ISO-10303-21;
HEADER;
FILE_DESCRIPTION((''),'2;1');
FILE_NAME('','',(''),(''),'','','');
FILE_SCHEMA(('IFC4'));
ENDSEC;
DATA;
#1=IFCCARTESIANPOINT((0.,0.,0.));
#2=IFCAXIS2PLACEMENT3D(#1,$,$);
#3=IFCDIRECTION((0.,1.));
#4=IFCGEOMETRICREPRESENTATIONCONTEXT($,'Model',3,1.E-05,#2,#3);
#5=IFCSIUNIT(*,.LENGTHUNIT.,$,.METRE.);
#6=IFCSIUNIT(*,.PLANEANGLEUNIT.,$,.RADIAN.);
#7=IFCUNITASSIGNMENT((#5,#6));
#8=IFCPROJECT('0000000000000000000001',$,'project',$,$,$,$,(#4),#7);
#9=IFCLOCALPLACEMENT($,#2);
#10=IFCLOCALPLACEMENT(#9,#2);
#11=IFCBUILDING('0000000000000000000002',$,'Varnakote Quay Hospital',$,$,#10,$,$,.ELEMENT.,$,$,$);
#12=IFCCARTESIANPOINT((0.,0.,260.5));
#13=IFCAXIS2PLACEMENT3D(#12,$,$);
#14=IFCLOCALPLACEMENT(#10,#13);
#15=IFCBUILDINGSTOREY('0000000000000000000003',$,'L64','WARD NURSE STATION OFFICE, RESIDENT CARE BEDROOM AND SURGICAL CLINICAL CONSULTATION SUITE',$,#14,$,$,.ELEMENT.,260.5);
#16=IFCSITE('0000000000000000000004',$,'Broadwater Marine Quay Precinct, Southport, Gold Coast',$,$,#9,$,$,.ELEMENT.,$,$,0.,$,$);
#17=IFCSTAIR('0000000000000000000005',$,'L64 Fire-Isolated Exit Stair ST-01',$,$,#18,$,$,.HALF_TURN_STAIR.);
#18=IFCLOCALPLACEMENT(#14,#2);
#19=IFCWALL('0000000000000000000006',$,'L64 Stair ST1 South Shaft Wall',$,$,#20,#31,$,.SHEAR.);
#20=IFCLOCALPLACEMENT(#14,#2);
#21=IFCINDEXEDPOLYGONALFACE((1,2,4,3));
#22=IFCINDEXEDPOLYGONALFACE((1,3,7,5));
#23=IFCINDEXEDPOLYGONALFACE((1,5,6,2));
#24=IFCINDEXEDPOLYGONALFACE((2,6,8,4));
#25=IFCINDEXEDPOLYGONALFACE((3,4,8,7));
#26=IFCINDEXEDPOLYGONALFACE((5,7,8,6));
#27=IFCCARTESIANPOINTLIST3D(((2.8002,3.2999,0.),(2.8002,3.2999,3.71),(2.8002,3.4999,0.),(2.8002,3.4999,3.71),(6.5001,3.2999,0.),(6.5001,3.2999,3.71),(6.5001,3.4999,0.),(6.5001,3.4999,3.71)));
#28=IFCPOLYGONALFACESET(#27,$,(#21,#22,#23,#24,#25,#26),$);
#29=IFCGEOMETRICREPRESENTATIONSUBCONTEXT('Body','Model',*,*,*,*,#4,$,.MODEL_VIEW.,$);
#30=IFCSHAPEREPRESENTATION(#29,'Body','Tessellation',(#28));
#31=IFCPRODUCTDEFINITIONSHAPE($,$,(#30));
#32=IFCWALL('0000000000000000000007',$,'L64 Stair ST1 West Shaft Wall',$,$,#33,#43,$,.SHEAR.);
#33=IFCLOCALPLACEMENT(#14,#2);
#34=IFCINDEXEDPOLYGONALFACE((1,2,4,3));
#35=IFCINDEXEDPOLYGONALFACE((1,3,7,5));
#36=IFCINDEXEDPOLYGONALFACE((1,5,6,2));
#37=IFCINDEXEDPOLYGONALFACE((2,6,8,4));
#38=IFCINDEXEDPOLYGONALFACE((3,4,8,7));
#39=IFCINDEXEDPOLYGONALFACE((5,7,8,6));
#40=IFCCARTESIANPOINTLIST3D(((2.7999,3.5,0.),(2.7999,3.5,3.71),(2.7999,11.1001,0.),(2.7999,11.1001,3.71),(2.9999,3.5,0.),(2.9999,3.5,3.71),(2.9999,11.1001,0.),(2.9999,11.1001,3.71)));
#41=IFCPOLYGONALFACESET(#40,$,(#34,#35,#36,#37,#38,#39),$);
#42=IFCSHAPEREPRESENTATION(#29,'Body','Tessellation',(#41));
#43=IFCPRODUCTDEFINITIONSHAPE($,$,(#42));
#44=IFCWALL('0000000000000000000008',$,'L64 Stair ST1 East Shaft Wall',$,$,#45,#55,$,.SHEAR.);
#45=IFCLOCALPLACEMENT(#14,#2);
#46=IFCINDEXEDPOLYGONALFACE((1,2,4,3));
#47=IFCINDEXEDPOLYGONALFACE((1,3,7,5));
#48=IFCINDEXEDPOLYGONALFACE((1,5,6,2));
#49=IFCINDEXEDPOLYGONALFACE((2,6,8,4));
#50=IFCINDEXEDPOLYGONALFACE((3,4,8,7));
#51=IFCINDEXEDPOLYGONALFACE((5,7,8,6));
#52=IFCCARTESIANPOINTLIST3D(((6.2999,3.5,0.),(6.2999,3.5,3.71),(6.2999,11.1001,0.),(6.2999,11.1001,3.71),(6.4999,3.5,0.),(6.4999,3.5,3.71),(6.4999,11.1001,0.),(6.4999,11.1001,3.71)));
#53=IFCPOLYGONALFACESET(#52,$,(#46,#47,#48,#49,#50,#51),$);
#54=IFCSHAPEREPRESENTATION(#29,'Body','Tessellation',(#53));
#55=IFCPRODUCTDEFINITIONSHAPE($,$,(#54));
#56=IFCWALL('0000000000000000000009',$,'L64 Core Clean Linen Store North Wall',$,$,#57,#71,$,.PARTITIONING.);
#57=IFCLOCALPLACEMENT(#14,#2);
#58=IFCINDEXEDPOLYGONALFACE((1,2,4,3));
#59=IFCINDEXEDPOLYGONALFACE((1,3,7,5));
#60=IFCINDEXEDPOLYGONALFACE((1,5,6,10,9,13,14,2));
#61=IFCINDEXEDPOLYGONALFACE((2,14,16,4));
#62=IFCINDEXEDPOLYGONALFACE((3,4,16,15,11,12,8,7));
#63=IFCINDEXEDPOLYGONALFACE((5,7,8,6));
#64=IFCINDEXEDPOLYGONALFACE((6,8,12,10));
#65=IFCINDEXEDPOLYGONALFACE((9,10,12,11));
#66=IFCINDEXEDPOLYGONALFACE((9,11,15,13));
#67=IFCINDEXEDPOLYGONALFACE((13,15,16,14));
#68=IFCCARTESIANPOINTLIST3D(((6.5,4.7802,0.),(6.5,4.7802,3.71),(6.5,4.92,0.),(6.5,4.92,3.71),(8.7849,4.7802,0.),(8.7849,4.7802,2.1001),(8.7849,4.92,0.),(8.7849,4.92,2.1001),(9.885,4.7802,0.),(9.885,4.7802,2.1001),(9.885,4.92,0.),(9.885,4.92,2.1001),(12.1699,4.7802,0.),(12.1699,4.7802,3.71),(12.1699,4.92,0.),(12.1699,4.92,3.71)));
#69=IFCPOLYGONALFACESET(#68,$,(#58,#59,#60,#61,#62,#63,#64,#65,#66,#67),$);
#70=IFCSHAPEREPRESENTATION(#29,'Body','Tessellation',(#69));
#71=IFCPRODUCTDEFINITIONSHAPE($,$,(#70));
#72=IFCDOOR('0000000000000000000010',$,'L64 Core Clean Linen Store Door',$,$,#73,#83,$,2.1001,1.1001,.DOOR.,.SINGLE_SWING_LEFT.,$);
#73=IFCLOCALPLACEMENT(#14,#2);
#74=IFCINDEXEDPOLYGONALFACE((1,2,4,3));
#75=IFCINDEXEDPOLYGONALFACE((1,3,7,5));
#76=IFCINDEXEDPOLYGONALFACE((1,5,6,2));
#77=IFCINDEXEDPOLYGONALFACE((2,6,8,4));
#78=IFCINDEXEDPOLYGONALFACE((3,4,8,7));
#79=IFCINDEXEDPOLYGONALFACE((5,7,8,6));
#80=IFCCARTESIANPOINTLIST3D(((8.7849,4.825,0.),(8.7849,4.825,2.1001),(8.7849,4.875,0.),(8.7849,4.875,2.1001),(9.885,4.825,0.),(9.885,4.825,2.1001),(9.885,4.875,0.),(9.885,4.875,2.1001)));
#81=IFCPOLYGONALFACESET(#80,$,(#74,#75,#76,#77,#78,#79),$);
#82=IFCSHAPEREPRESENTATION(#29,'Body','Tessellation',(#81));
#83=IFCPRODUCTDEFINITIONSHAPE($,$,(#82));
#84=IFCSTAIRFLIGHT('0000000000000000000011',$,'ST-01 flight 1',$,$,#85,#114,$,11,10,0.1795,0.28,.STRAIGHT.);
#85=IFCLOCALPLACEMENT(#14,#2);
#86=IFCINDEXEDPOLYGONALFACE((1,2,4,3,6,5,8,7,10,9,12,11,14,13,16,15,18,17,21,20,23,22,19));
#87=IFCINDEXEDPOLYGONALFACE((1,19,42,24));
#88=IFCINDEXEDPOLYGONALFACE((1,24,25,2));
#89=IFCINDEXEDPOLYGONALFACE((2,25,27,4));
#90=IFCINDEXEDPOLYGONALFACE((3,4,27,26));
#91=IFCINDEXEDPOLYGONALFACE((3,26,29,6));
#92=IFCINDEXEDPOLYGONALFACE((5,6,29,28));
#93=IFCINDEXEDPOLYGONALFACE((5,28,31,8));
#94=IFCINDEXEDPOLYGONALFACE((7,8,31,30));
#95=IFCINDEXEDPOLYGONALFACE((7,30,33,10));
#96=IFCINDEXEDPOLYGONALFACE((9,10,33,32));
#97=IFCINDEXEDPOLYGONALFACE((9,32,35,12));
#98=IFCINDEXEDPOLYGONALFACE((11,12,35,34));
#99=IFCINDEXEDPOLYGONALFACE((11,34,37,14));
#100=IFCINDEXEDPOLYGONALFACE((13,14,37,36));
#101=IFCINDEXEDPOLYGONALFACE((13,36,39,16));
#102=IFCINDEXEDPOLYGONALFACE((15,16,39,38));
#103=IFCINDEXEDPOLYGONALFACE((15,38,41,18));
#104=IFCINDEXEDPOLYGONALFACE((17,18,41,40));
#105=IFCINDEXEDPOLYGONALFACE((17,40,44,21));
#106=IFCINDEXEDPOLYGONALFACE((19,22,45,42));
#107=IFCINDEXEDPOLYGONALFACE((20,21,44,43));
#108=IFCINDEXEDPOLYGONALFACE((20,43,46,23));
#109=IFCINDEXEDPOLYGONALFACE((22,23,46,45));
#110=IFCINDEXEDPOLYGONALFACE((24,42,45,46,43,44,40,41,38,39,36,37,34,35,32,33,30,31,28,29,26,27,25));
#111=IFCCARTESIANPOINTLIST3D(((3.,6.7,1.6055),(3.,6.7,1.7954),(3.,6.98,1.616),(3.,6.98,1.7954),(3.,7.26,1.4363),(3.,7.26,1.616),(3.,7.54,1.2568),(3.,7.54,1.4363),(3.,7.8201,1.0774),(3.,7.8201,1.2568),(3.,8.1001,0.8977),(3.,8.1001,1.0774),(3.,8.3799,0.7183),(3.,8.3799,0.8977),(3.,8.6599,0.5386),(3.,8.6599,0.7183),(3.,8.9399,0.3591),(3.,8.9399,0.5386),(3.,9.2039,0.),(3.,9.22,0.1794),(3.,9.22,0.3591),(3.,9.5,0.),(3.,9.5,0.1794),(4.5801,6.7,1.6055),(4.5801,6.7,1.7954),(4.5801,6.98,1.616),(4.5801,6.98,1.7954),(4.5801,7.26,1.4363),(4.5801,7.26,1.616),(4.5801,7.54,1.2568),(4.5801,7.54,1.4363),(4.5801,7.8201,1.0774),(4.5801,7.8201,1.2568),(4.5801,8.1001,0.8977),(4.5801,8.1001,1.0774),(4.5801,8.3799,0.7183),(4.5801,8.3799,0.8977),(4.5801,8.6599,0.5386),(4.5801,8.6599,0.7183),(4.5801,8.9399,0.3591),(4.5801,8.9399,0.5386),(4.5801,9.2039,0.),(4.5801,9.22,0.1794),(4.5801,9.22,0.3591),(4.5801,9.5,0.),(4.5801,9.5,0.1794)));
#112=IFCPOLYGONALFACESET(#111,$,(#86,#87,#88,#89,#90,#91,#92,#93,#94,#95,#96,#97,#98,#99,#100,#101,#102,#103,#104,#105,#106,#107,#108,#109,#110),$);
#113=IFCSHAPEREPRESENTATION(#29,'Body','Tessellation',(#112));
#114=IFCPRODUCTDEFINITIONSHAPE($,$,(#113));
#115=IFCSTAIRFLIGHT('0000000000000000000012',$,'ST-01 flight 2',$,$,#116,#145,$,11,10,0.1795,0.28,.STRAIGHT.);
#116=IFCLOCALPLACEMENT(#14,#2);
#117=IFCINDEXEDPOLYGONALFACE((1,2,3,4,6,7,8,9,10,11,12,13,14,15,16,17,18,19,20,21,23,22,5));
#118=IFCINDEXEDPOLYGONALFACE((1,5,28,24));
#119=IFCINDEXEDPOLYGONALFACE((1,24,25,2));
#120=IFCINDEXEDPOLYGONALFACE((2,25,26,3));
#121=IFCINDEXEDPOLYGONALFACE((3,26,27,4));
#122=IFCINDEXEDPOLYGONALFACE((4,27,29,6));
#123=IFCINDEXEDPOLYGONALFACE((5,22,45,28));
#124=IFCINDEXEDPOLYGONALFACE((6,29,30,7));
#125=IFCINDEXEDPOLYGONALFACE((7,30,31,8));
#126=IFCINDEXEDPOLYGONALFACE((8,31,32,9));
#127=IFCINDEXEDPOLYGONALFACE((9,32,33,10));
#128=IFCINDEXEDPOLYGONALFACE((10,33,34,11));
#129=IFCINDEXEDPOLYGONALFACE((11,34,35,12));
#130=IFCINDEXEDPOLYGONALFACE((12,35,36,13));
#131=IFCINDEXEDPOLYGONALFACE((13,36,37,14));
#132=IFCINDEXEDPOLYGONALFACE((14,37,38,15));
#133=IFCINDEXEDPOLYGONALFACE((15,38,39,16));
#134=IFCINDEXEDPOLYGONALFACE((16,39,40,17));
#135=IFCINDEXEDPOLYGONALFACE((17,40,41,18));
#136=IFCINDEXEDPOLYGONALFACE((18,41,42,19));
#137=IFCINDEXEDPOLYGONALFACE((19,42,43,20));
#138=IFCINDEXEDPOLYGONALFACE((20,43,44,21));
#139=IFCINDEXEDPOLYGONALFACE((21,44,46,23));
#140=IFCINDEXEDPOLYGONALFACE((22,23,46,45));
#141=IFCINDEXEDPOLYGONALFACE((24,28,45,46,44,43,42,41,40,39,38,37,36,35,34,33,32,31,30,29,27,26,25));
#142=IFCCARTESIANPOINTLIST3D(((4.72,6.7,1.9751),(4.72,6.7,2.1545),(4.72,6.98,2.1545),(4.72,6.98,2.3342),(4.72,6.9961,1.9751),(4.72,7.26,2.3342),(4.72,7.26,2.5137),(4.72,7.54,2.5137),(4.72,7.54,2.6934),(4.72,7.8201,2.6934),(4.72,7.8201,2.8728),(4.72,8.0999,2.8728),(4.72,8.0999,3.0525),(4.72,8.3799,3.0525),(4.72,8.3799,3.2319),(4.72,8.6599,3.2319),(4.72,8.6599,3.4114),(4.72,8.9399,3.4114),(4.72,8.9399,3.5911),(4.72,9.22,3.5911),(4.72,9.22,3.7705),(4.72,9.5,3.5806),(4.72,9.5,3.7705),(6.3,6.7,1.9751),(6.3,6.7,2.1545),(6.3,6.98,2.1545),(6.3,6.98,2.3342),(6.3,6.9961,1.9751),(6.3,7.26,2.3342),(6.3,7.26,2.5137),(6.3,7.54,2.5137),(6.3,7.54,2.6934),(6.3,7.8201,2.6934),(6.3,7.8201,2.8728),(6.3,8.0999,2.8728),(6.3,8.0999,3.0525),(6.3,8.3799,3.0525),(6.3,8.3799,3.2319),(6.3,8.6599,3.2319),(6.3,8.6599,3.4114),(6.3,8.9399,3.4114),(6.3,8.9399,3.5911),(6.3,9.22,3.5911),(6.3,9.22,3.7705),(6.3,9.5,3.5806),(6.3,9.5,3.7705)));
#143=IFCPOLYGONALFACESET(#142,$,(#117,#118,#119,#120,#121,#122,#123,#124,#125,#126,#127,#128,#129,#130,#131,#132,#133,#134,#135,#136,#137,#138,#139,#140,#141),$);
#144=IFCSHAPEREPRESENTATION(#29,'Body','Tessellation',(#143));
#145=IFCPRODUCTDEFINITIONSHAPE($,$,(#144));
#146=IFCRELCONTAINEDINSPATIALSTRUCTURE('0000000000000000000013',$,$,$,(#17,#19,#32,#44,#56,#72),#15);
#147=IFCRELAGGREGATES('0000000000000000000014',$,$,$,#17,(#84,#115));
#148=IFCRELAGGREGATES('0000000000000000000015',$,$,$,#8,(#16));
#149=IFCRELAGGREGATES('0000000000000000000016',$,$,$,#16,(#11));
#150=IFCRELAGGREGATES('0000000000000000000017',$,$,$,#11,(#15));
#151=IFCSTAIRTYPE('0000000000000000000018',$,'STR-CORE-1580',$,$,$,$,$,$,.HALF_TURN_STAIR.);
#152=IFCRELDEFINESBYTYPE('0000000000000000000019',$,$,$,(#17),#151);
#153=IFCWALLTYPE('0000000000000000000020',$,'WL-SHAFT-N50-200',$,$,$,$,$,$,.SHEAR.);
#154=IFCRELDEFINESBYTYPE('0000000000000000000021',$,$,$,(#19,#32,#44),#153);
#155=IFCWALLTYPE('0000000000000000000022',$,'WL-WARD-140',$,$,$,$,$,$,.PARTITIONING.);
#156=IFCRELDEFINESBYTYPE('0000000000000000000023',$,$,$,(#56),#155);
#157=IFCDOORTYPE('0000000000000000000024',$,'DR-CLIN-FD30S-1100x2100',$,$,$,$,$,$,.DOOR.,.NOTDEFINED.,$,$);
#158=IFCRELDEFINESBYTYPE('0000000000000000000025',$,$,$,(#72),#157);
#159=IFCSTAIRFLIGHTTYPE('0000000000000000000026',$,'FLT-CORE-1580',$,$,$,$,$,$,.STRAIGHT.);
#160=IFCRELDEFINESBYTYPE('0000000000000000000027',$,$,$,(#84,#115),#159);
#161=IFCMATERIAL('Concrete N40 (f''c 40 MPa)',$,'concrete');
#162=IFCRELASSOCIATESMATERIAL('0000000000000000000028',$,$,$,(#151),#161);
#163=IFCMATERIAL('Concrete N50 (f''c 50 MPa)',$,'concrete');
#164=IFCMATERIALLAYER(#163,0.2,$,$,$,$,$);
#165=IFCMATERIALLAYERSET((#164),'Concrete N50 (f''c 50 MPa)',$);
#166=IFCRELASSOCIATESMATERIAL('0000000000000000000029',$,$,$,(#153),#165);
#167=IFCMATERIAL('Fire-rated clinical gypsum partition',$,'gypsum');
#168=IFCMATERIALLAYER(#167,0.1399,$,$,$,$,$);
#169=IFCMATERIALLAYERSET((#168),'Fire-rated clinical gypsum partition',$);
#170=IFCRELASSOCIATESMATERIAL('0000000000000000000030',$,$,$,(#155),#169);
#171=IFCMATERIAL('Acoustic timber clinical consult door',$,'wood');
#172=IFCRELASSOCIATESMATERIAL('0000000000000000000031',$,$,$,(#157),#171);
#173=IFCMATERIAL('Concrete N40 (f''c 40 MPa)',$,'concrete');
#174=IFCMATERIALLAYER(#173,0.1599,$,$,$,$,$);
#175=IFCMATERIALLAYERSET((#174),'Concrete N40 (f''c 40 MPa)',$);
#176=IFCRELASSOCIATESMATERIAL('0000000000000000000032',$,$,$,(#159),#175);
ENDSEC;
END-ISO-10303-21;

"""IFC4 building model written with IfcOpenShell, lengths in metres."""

from ifc_helpers import new_model, si_unit, direction, frame, frame_2d, origin, place, context, subcontext, project, spatial, polyline, rectangle, outline, extrude, material, layer, layer_set, type_object, element, fill, aggregate, save


model = new_model("IFC4")

# Units and contexts
model_context = context("Model", 3, precision=1e-05, world=origin(), true_north=direction((0.0, 1.0)))
body_context = subcontext(model_context, "Body", "Model", "MODEL_VIEW")
ifc_project = project(units=[si_unit("LENGTHUNIT", "METRE"), si_unit("PLANEANGLEUNIT", "RADIAN")], contexts=[model_context])

# Site, building, storey
site_placement = place(None, origin())
site = spatial("IfcSite", under=ifc_project, at=site_placement, Name="Broadwater Marine Quay Precinct, Southport, Gold Coast", CompositionType="ELEMENT", RefElevation=0.0)
building_placement = place(site_placement, origin())
building = spatial("IfcBuilding", under=site, at=building_placement, Name="Varnakote Quay Hospital", CompositionType="ELEMENT")
storey_placement = place(building_placement, frame((0.0, 0.0, 260.5)))
storey = spatial("IfcBuildingStorey", under=building, at=storey_placement, Name="L64", Description="WARD NURSE STATION OFFICE, RESIDENT CARE BEDROOM AND SURGICAL CLINICAL CONSULTATION SUITE", CompositionType="ELEMENT", Elevation=260.5)

# Stair
ifc_material_1 = material(Name="Concrete N40 (f'c 40 MPa)", Category="concrete")
stair_type = type_object("IfcStairType", Name="STR-CORE-1580", PredefinedType="HALF_TURN_STAIR", material=ifc_material_1)
stair_1_placement = place(storey_placement, origin())
stair_1 = element("IfcStair", 1, at=stair_1_placement, inside=storey, type_object=stair_type, Name="L64 Fire-Isolated Exit Stair ST-01", PredefinedType="HALF_TURN_STAIR")

# Walls
ifc_material_2 = material(Name="Concrete N50 (f'c 50 MPa)", Category="concrete")
ifc_layer_1 = layer(ifc_material_2, 0.2)
ifc_layer_set_1 = layer_set([ifc_layer_1], Name="Concrete N50 (f'c 50 MPa)")
wall_type_1 = type_object("IfcWallType", Name="WL-SHAFT-N50-200", PredefinedType="SHEAR", material=ifc_layer_set_1)
wall_1_placement = place(storey_placement, frame((2.8, 3.3999, 0.0), z_axis=(0.0, 0.0, 1.0), x_axis=(1.0, 0.0, 0.0)))
element("IfcWall", 2, at=wall_1_placement, inside=storey, type_object=wall_type_1, Name="L64 Stair ST1 South Shaft Wall", PredefinedType="SHEAR", context=body_context, shape_type="SweptSolid", body=[
    extrude(rectangle(XDim=3.7, YDim=0.2, at=frame_2d((1.8501, 0.0))), origin(), (0.0, 0.0, 1.0), 3.71),
])
for number, where, z_axis, x_axis, name in (
    (3, (2.8999, 3.5, 0.0), (0.0, 0.0, 1.0), (0.0, 1.0, 0.0), "L64 Stair ST1 West Shaft Wall"),
    (4, (6.3999, 3.5, 0.0), (0.0, 0.0, 1.0), (0.0, 1.0, 0.0), "L64 Stair ST1 East Shaft Wall"),
):
    element("IfcWall", number, at=place(storey_placement, frame(where, z_axis=z_axis, x_axis=x_axis)), inside=storey, type_object=wall_type_1, Name=name, PredefinedType="SHEAR", context=body_context, shape_type="SweptSolid", body=[
        extrude(rectangle(XDim=7.6001, YDim=0.2, at=frame_2d((3.8, 0.0))), origin(), (0.0, 0.0, 1.0), 3.71),
    ])

# Wall, opening, door
ifc_material_3 = material(Name="Fire-rated clinical gypsum partition", Category="gypsum")
ifc_layer_2 = layer(ifc_material_3, 0.1399)
ifc_layer_set_2 = layer_set([ifc_layer_2], Name="Fire-rated clinical gypsum partition")
wall_type_2 = type_object("IfcWallType", Name="WL-WARD-140", PredefinedType="PARTITIONING", material=ifc_layer_set_2)
wall_2_placement = place(storey_placement, frame((6.5, 4.8501, 0.0), z_axis=(0.0, 0.0, 1.0), x_axis=(1.0, 0.0, 0.0)))
wall_2 = element("IfcWall", 5, at=wall_2_placement, inside=storey, type_object=wall_type_2, Name="L64 Core Clean Linen Store North Wall", PredefinedType="PARTITIONING", context=body_context, shape_type="SweptSolid", body=[
    extrude(rectangle(XDim=5.6699, YDim=0.1399, at=frame_2d((2.835, 0.0))), origin(), (0.0, 0.0, 1.0), 3.71),
])
opening_1_placement = place(wall_2_placement, frame((2.2849, 0.0, 0.0)))
opening_1 = element("IfcOpeningElement", 6, at=opening_1_placement, cuts=wall_2, PredefinedType="OPENING", context=body_context, shape_type="SweptSolid", body=[
    extrude(rectangle(XDim=1.1001, YDim=2.1001, at=frame_2d((0.55, 1.05))), frame((0.0, 0.0798, 0.0), z_axis=(0.0, -1.0, 0.0), x_axis=(1.0, 0.0, 0.0)), (0.0, 0.0, 1.0), 0.1599),
])
ifc_material_4 = material(Name="Acoustic timber clinical consult door", Category="wood")
door_type_1 = type_object("IfcDoorType", Name="DR-CLIN-FD30S-1100x2100", OperationType="NOTDEFINED", PredefinedType="DOOR", material=ifc_material_4)
door_1_placement = place(opening_1_placement, origin())
door_1 = element("IfcDoor", 7, at=door_1_placement, inside=storey, type_object=door_type_1, Name="L64 Core Clean Linen Store Door", OperationType="SINGLE_SWING_LEFT", OverallHeight=2.1001, OverallWidth=1.1001, PredefinedType="DOOR", context=body_context, shape_type="SweptSolid", body=[
    extrude(rectangle(XDim=1.1001, YDim=2.1001, at=frame_2d((0.55, 1.05))), frame((0.0, 0.0249, 0.0), z_axis=(0.0, -1.0, 0.0), x_axis=(1.0, 0.0, 0.0)), (0.0, 0.0, 1.0), 0.05),
])
fill(opening_1, door_1)

# Stair flights
ifc_material_5 = material(Name="Concrete N40 (f'c 40 MPa)", Category="concrete")
ifc_layer_3 = layer(ifc_material_5, 0.1599)
ifc_layer_set_3 = layer_set([ifc_layer_3], Name="Concrete N40 (f'c 40 MPa)")
stair_flight_type = type_object("IfcStairFlightType", Name="FLT-CORE-1580", PredefinedType="STRAIGHT", material=ifc_layer_set_3)
stair_flight_1_placement = place(storey_placement, frame((3.79, 9.5, 0.0), z_axis=(0.0, 0.0, 1.0), x_axis=(0.0, -1.0, 0.0)))
stair_flight_1 = element("IfcStairFlight", 8, at=stair_flight_1_placement, type_object=stair_flight_type, Name="ST-01 flight 1", NumberOfRisers=11, NumberOfTreads=10, PredefinedType="STRAIGHT", RiserHeight=0.1795, TreadLength=0.28, context=body_context, shape_type="SweptSolid", body=[
    extrude(outline(polyline([(0.0, 0.0), (0.0, 0.1794), (0.28, 0.1794), (0.28, 0.3591), (0.5601, 0.3591), (0.5601, 0.5386), (0.8401, 0.5386), (0.8401, 0.7183), (1.1201, 0.7183), (1.1201, 0.8977), (1.3999, 0.8977), (1.3999, 1.0774), (1.6799, 1.0774), (1.6799, 1.2568), (1.96, 1.2568), (1.96, 1.4363), (2.24, 1.4363), (2.24, 1.616), (2.52, 1.616), (2.52, 1.7954), (2.8, 1.7954), (2.8, 1.9751), (2.8, 1.6055), (0.2961, 0.0), (0.0, 0.0)])), frame((0.0, 0.79, 0.0), z_axis=(0.0, -1.0, 0.0), x_axis=(1.0, 0.0, 0.0)), (0.0, 0.0, 1.0), 1.5801),
])
stair_flight_2_placement = place(storey_placement, frame((5.51, 6.7, 1.9751), z_axis=(0.0, 0.0, 1.0), x_axis=(0.0, 1.0, 0.0)))
stair_flight_2 = element("IfcStairFlight", 9, at=stair_flight_2_placement, type_object=stair_flight_type, Name="ST-01 flight 2", NumberOfRisers=11, NumberOfTreads=10, PredefinedType="STRAIGHT", RiserHeight=0.1795, TreadLength=0.28, context=body_context, shape_type="SweptSolid", body=[
    extrude(outline(polyline([(0.0, 0.0), (0.0, 0.1794), (0.28, 0.1794), (0.28, 0.3591), (0.5601, 0.3591), (0.5601, 0.5386), (0.8401, 0.5386), (0.8401, 0.7183), (1.1201, 0.7183), (1.1201, 0.8977), (1.3999, 0.8977), (1.3999, 1.0774), (1.6799, 1.0774), (1.6799, 1.2568), (1.96, 1.2568), (1.96, 1.4363), (2.24, 1.4363), (2.24, 1.616), (2.52, 1.616), (2.52, 1.7954), (2.8, 1.7954), (2.8, 1.9751), (2.8, 1.6055), (0.2961, 0.0), (0.0, 0.0)])), frame((0.0, 0.79, 0.0), z_axis=(0.0, -1.0, 0.0), x_axis=(1.0, 0.0, 0.0)), (0.0, 0.0, 1.0), 1.5801),
])
aggregate(stair_1, [stair_flight_1, stair_flight_2])

save(model, "model.ifc")
